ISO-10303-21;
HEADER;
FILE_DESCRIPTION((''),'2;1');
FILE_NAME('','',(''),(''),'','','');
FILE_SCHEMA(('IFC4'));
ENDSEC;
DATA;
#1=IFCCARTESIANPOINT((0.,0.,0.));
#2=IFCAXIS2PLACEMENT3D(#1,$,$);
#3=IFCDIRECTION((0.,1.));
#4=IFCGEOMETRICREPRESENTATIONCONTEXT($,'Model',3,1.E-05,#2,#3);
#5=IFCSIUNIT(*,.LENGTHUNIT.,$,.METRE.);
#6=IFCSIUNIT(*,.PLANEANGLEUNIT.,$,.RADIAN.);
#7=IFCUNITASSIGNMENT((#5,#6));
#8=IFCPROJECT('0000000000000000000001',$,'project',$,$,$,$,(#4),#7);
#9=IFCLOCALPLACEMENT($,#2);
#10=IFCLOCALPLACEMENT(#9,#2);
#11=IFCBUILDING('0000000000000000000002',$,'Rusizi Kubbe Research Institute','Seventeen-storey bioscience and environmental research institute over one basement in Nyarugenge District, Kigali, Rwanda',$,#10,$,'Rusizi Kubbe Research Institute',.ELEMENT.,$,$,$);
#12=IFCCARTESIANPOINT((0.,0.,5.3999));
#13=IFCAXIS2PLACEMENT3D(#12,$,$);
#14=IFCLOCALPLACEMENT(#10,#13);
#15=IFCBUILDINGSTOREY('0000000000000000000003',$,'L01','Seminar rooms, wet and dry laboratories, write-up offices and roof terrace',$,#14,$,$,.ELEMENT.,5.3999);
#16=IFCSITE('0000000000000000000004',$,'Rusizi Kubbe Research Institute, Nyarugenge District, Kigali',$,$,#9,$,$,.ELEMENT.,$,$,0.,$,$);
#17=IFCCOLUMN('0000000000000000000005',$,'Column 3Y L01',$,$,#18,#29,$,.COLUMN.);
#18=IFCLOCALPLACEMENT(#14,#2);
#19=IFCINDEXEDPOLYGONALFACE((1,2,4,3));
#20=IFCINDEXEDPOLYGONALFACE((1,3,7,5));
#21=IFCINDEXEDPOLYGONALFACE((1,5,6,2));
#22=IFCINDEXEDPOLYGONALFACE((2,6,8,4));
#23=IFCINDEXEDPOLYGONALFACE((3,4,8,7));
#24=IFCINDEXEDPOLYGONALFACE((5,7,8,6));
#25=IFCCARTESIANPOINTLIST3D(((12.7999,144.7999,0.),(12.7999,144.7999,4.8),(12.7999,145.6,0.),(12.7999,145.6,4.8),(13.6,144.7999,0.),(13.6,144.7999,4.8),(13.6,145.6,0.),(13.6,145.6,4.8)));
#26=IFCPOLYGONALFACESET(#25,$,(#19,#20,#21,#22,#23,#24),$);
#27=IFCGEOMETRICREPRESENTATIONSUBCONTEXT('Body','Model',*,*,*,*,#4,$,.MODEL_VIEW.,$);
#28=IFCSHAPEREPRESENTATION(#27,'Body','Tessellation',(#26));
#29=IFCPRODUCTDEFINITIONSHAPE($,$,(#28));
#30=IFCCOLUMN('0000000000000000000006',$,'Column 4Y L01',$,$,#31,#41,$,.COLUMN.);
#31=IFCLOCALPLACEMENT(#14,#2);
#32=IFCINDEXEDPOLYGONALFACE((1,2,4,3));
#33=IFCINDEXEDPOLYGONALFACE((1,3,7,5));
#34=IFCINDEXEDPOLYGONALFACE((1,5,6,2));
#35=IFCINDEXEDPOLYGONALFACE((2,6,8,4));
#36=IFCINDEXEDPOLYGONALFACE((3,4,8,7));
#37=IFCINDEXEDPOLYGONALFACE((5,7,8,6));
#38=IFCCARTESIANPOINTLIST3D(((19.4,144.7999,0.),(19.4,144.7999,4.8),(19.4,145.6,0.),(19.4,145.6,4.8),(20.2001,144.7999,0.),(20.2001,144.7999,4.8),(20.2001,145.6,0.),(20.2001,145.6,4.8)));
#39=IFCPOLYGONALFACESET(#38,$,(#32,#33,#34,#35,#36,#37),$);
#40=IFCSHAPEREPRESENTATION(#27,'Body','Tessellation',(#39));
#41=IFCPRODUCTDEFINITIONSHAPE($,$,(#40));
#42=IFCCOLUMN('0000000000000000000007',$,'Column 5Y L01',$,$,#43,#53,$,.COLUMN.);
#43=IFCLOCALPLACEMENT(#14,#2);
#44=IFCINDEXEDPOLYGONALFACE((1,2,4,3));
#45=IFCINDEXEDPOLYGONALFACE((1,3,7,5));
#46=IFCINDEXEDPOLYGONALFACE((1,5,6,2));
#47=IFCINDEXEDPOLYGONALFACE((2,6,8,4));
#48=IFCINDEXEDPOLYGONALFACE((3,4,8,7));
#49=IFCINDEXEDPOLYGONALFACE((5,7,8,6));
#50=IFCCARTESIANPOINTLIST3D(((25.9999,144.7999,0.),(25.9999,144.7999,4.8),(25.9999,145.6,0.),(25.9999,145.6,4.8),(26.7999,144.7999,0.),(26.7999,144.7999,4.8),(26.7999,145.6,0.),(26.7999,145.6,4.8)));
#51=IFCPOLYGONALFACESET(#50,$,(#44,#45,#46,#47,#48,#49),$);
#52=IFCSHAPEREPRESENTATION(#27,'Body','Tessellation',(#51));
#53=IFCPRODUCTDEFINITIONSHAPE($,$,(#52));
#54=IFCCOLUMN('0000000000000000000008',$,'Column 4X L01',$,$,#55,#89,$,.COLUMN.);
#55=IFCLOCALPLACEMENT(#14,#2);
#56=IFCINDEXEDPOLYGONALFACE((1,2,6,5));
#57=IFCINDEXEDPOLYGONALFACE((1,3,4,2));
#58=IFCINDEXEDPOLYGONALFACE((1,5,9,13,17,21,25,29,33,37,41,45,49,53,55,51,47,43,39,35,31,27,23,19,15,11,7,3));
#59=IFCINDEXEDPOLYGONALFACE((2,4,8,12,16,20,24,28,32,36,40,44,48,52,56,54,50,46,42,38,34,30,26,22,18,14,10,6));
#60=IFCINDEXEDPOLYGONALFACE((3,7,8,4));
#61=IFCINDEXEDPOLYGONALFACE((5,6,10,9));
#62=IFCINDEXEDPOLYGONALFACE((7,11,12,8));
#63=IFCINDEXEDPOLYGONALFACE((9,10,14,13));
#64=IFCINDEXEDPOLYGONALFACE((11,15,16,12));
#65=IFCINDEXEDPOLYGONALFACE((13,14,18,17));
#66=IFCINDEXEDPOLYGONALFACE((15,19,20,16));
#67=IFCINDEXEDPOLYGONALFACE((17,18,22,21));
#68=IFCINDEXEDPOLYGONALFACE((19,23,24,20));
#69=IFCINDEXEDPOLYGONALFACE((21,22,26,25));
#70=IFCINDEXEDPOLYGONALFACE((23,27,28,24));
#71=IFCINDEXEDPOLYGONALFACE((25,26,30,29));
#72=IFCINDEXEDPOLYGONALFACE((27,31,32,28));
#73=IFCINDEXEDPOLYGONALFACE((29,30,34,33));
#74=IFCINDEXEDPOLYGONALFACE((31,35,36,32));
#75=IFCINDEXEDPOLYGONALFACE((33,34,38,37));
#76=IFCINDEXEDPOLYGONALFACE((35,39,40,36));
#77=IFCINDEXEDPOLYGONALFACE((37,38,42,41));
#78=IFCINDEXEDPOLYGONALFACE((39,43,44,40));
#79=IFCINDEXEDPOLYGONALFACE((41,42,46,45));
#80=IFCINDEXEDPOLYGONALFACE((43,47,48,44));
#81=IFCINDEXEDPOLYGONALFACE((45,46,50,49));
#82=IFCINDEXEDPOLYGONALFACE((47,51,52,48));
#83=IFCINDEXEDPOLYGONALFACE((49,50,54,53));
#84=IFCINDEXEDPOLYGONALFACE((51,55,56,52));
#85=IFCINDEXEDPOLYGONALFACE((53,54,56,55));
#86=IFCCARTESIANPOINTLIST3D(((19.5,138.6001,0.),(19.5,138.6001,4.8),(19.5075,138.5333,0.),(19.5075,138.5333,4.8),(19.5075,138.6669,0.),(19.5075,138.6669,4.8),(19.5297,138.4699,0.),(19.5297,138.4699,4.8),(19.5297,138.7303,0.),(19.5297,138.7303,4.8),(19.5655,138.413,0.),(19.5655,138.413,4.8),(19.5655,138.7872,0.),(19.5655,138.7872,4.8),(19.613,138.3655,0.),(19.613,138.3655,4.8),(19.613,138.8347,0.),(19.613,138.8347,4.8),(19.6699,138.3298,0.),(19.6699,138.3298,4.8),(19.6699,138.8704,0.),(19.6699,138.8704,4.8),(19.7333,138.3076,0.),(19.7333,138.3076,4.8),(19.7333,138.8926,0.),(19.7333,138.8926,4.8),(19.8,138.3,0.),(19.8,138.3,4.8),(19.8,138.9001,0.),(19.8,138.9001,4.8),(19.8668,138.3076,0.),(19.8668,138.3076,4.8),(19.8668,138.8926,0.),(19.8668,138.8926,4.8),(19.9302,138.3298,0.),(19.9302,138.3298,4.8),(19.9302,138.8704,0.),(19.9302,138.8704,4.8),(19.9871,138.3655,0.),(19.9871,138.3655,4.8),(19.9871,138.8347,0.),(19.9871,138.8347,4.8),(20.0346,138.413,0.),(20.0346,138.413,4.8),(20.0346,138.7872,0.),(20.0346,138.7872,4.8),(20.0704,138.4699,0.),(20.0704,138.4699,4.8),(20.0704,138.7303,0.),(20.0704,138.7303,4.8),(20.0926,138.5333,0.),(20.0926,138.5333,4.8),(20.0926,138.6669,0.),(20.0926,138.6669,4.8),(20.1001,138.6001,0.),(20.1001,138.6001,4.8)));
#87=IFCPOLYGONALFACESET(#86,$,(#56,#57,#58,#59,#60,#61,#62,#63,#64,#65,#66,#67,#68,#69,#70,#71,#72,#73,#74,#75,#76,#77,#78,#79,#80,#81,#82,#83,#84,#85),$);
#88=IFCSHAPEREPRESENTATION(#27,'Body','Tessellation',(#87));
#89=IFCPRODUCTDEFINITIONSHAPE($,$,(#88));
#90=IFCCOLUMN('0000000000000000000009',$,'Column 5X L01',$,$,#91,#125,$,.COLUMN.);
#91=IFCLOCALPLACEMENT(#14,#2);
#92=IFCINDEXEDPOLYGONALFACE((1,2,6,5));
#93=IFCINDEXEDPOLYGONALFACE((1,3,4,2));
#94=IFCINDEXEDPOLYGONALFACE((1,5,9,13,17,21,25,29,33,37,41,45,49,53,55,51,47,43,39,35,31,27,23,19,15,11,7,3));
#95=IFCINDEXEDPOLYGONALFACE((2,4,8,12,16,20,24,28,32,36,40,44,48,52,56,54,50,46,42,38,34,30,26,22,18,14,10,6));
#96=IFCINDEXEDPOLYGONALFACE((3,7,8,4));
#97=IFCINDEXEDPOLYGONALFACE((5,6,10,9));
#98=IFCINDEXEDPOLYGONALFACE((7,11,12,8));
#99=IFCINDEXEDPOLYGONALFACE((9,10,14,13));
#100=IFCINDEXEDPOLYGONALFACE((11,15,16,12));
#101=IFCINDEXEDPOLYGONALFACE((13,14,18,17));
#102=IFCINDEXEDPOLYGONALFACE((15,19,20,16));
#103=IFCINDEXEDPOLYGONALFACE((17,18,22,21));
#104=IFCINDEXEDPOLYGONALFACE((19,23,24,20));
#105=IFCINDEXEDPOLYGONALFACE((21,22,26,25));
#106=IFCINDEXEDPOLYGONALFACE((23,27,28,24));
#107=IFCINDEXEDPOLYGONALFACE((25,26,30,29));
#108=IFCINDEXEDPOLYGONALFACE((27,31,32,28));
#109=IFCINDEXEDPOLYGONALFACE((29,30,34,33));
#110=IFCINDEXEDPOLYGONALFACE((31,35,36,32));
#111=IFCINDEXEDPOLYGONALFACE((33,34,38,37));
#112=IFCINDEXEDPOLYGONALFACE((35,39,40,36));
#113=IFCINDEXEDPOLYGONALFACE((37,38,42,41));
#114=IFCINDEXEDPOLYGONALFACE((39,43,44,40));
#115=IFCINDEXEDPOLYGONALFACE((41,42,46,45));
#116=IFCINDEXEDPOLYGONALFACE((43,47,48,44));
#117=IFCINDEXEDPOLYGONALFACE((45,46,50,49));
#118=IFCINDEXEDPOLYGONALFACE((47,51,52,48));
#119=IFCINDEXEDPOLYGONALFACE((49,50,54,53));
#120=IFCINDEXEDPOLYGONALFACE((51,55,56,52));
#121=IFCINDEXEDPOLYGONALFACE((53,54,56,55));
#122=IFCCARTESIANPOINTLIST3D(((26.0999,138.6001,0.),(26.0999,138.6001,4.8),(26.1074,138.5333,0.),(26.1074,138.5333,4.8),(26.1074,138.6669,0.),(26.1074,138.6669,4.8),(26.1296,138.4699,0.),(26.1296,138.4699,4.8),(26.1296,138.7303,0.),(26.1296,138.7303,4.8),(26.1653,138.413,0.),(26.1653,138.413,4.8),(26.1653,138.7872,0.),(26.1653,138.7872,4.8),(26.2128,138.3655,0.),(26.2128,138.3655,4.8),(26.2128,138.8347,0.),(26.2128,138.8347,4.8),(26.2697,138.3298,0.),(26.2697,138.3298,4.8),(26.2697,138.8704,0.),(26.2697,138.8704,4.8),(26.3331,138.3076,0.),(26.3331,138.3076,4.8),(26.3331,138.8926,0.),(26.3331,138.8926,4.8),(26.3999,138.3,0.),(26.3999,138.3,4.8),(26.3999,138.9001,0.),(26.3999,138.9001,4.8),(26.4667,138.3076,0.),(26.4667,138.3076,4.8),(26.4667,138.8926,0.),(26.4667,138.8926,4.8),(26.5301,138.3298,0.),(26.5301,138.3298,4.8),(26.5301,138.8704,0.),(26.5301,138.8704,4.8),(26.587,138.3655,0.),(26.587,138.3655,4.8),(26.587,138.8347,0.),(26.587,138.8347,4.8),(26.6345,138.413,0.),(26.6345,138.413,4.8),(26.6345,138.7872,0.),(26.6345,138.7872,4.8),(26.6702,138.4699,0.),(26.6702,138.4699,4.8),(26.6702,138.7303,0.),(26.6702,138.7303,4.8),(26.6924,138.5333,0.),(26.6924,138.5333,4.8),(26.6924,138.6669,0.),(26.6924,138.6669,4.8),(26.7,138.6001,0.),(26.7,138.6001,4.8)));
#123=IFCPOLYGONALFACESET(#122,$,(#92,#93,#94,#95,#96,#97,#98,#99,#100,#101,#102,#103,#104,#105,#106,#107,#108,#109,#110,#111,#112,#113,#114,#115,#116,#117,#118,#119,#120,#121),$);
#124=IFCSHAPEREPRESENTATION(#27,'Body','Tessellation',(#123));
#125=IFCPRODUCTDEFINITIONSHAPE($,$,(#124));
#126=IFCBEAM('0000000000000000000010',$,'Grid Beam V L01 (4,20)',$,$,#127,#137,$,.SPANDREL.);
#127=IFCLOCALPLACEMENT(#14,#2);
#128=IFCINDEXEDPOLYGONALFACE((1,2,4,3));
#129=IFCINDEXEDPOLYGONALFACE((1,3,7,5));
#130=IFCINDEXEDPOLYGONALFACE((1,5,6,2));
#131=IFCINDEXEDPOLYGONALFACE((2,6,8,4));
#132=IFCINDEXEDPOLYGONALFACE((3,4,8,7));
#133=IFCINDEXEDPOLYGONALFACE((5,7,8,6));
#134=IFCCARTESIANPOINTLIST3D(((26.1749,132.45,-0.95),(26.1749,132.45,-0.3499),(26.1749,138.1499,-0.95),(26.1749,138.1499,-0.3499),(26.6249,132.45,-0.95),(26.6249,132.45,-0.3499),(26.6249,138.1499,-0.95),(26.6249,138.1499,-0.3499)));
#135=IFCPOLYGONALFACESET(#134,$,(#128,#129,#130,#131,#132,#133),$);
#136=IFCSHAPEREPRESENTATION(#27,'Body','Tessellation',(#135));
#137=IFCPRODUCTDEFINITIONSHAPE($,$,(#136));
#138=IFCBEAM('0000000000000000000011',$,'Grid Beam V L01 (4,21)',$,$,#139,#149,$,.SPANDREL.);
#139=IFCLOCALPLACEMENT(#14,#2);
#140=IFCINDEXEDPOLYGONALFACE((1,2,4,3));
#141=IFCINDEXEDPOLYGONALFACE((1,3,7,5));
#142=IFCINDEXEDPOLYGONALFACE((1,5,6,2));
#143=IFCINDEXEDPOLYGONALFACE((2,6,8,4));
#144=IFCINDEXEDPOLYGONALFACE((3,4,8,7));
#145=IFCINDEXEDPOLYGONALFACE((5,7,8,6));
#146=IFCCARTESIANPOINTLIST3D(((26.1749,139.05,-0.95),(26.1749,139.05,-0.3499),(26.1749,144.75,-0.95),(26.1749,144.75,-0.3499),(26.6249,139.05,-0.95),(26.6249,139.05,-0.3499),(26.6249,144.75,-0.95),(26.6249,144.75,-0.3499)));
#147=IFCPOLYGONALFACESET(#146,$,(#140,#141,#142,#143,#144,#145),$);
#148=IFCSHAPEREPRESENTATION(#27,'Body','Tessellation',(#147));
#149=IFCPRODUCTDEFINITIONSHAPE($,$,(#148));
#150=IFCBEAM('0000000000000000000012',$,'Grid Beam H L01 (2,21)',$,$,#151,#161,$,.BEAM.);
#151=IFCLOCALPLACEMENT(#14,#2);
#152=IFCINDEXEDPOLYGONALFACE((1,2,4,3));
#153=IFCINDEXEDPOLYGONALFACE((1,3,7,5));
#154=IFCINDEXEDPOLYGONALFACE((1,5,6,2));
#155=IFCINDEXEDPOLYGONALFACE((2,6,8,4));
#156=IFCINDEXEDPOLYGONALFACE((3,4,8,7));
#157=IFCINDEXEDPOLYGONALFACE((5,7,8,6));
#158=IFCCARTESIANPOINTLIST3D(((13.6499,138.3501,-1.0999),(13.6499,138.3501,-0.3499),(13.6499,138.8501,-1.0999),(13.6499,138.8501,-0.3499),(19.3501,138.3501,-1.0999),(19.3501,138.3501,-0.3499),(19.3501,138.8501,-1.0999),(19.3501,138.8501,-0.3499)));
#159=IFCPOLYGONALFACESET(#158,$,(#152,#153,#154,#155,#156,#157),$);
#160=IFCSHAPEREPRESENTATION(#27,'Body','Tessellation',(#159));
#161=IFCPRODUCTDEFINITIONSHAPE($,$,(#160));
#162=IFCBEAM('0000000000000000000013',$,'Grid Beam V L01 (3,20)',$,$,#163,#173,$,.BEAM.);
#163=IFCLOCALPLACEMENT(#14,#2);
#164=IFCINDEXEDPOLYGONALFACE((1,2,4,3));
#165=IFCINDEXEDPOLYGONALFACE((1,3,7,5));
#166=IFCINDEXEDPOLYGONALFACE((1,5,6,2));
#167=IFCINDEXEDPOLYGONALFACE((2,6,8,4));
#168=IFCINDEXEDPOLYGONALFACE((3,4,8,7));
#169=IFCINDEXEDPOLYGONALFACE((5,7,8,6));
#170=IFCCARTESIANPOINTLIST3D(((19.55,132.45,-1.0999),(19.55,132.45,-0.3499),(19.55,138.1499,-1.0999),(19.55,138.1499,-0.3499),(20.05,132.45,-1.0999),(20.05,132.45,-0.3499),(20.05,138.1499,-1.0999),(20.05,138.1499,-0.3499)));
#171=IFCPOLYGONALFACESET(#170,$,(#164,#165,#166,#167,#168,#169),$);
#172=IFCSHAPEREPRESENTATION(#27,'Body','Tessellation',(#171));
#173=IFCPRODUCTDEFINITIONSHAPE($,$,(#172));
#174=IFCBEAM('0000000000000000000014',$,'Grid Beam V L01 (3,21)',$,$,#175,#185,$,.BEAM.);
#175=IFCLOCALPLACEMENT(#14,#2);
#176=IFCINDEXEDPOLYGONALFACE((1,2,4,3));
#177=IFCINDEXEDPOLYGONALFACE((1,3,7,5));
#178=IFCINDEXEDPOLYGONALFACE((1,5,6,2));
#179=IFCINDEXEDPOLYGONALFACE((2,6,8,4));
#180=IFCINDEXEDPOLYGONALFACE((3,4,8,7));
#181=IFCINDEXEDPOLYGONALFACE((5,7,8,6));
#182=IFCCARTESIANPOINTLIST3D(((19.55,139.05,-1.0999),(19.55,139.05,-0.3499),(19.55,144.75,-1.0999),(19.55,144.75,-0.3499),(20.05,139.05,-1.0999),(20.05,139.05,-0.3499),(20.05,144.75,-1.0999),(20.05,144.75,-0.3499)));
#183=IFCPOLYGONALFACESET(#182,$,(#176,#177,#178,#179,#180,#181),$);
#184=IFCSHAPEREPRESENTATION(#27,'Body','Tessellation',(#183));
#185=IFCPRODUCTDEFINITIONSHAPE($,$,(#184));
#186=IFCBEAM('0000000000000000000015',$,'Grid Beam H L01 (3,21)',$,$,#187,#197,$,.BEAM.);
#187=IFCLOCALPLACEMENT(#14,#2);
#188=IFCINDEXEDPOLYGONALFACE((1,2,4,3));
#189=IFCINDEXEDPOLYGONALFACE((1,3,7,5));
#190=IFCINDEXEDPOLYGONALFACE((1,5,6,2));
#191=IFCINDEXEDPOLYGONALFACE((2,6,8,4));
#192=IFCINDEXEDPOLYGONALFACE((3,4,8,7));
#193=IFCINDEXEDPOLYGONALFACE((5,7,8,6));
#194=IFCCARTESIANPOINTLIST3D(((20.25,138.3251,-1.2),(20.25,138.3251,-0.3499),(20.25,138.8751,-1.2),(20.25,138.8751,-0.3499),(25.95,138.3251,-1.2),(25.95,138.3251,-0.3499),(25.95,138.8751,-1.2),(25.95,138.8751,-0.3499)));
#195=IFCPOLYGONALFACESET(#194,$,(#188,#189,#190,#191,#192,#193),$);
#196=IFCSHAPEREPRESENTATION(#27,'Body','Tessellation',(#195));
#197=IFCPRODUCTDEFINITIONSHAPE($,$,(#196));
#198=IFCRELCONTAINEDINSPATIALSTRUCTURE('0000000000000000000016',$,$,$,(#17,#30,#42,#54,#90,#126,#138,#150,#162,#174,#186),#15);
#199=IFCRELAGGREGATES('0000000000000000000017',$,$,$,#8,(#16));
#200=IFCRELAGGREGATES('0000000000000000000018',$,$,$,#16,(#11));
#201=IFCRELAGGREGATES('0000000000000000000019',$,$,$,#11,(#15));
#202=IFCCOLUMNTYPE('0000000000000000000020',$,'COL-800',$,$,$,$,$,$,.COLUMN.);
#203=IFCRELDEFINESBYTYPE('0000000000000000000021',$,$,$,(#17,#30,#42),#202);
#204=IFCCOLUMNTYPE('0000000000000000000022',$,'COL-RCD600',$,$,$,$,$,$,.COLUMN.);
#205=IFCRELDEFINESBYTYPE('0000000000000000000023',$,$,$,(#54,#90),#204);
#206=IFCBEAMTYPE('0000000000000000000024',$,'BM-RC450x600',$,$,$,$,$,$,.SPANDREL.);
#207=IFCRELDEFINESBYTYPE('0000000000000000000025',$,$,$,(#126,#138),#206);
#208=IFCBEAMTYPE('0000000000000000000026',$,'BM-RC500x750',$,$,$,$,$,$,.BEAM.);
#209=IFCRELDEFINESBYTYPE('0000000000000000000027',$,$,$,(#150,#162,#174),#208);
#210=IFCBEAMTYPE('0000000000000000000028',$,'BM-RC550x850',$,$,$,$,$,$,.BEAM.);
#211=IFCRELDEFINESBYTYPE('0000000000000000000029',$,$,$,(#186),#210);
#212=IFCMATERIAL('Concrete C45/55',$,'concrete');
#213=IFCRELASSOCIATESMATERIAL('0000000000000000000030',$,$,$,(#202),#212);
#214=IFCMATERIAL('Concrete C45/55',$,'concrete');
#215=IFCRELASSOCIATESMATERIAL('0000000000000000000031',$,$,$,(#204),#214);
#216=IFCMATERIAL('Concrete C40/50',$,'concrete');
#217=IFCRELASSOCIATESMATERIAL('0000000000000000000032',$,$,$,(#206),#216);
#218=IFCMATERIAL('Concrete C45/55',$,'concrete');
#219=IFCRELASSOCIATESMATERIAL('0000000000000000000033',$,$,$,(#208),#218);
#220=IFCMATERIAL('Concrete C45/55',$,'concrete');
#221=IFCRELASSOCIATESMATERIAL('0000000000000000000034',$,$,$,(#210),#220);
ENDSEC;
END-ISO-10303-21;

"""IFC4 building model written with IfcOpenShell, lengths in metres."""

from ifc_helpers import new_model, si_unit, direction, frame, origin, origin_2d, place, context, subcontext, project, spatial, rectangle, circle, extrude, material, material_profile, profile_set, type_object, element, save


model = new_model("IFC4")

# Units and contexts
model_context = context("Model", 3, precision=1e-05, world=origin(), true_north=direction((0.0, 1.0)))
body_context = subcontext(model_context, "Body", "Model", "MODEL_VIEW")
ifc_project = project(units=[si_unit("LENGTHUNIT", "METRE"), si_unit("PLANEANGLEUNIT", "RADIAN")], contexts=[model_context])

# Site, building, storey
site_placement = place(None, origin())
site = spatial("IfcSite", under=ifc_project, at=site_placement, Name="Rusizi Kubbe Research Institute, Nyarugenge District, Kigali", CompositionType="ELEMENT", RefElevation=0.0)
building_placement = place(site_placement, origin())
building = spatial("IfcBuilding", under=site, at=building_placement, Name="Rusizi Kubbe Research Institute", Description="Seventeen-storey bioscience and environmental research institute over one basement in Nyarugenge District, Kigali, Rwanda", LongName="Rusizi Kubbe Research Institute", CompositionType="ELEMENT")
storey_placement = place(building_placement, frame((0.0, 0.0, 5.3999)))
storey = spatial("IfcBuildingStorey", under=building, at=storey_placement, Name="L01", Description="Seminar rooms, wet and dry laboratories, write-up offices and roof terrace", CompositionType="ELEMENT", Elevation=5.3999)

# Columns
ifc_material_1 = material(Name="Concrete C45/55", Category="concrete")
ifc_material_profile_1 = material_profile(ifc_material_1, rectangle(XDim=0.8, YDim=0.8, at=origin_2d()), Name="RC800x800")
ifc_profile_set_1 = profile_set([ifc_material_profile_1], Name="Concrete C45/55")
column_type_1 = type_object("IfcColumnType", Name="COL-800", PredefinedType="COLUMN", material=ifc_profile_set_1)
for number, where, z_axis, x_axis, name in (
    (1, (13.2, 145.2, 0.0), (0.0, 0.0, 1.0), (1.0, 0.0, 0.0), "Column 3Y L01"),
    (2, (19.8, 145.2, 0.0), (0.0, 0.0, 1.0), (1.0, 0.0, 0.0), "Column 4Y L01"),
    (3, (26.3999, 145.2, 0.0), (0.0, 0.0, 1.0), (1.0, 0.0, 0.0), "Column 5Y L01"),
):
    element("IfcColumn", number, at=place(storey_placement, frame(where, z_axis=z_axis, x_axis=x_axis)), inside=storey, type_object=column_type_1, Name=name, PredefinedType="COLUMN", context=body_context, shape_type="SweptSolid", body=[
        extrude(rectangle(XDim=0.8, YDim=0.8, at=origin_2d()), origin(), (0.0, 0.0, 1.0), 4.8),
    ])
ifc_material_2 = material(Name="Concrete C45/55", Category="concrete")
ifc_material_profile_2 = material_profile(ifc_material_2, circle(Radius=0.3, at=origin_2d()), Name="RCD600")
ifc_profile_set_2 = profile_set([ifc_material_profile_2], Name="Concrete C45/55")
column_type_2 = type_object("IfcColumnType", Name="COL-RCD600", PredefinedType="COLUMN", material=ifc_profile_set_2)
for number, where, z_axis, x_axis, name in (
    (4, (19.8, 138.6001, 0.0), (0.0, 0.0, 1.0), (1.0, 0.0, 0.0), "Column 4X L01"),
    (5, (26.3999, 138.6001, 0.0), (0.0, 0.0, 1.0), (1.0, 0.0, 0.0), "Column 5X L01"),
):
    element("IfcColumn", number, at=place(storey_placement, frame(where, z_axis=z_axis, x_axis=x_axis)), inside=storey, type_object=column_type_2, Name=name, PredefinedType="COLUMN", context=body_context, shape_type="SweptSolid", body=[
        extrude(circle(Radius=0.3, at=origin_2d()), origin(), (0.0, 0.0, 1.0), 4.8),
    ])

# Beams
ifc_material_3 = material(Name="Concrete C40/50", Category="concrete")
ifc_material_profile_3 = material_profile(ifc_material_3, rectangle(XDim=0.45, YDim=0.6001, at=origin_2d()), Name="RC450x600")
ifc_profile_set_3 = profile_set([ifc_material_profile_3], Name="Concrete C40/50")
beam_type_1 = type_object("IfcBeamType", Name="BM-RC450x600", PredefinedType="SPANDREL", material=ifc_profile_set_3)
for number, where, z_axis, x_axis, name in (
    (6, (26.3999, 132.45, -0.6499), (0.0, 1.0, 0.0), (-1.0, 0.0, 0.0), "Grid Beam V L01 (4,20)"),
    (7, (26.3999, 139.05, -0.6499), (0.0, 1.0, 0.0), (-1.0, 0.0, 0.0), "Grid Beam V L01 (4,21)"),
):
    element("IfcBeam", number, at=place(storey_placement, frame(where, z_axis=z_axis, x_axis=x_axis)), inside=storey, type_object=beam_type_1, Name=name, PredefinedType="SPANDREL", context=body_context, shape_type="SweptSolid", body=[
        extrude(rectangle(XDim=0.45, YDim=0.6001, at=origin_2d()), origin(), (0.0, 0.0, 1.0), 5.7),
    ])
ifc_material_4 = material(Name="Concrete C45/55", Category="concrete")
ifc_material_profile_4 = material_profile(ifc_material_4, rectangle(XDim=0.5, YDim=0.75, at=origin_2d()), Name="RC500x750B")
ifc_profile_set_4 = profile_set([ifc_material_profile_4], Name="Concrete C45/55")
beam_type_2 = type_object("IfcBeamType", Name="BM-RC500x750", PredefinedType="BEAM", material=ifc_profile_set_4)
beam_1_placement = place(storey_placement, frame((13.6499, 138.6001, -0.7249), z_axis=(1.0, 0.0, 0.0), x_axis=(0.0, 1.0, 0.0)))
element("IfcBeam", 8, at=beam_1_placement, inside=storey, type_object=beam_type_2, Name="Grid Beam H L01 (2,21)", PredefinedType="BEAM", context=body_context, shape_type="SweptSolid", body=[
    extrude(rectangle(XDim=0.5, YDim=0.75, at=origin_2d()), origin(), (0.0, 0.0, 1.0), 5.7002),
])
for number, where, z_axis, x_axis, name in (
    (9, (19.8, 132.45, -0.7249), (0.0, 1.0, 0.0), (-1.0, 0.0, 0.0), "Grid Beam V L01 (3,20)"),
    (10, (19.8, 139.05, -0.7249), (0.0, 1.0, 0.0), (-1.0, 0.0, 0.0), "Grid Beam V L01 (3,21)"),
):
    element("IfcBeam", number, at=place(storey_placement, frame(where, z_axis=z_axis, x_axis=x_axis)), inside=storey, type_object=beam_type_2, Name=name, PredefinedType="BEAM", context=body_context, shape_type="SweptSolid", body=[
        extrude(rectangle(XDim=0.5, YDim=0.75, at=origin_2d()), origin(), (0.0, 0.0, 1.0), 5.7),
    ])
ifc_material_5 = material(Name="Concrete C45/55", Category="concrete")
ifc_material_profile_5 = material_profile(ifc_material_5, rectangle(XDim=0.55, YDim=0.8501, at=origin_2d()), Name="RC550x850")
ifc_profile_set_5 = profile_set([ifc_material_profile_5], Name="Concrete C45/55")
beam_type_3 = type_object("IfcBeamType", Name="BM-RC550x850", PredefinedType="BEAM", material=ifc_profile_set_5)
beam_2_placement = place(storey_placement, frame((20.25, 138.6001, -0.7749), z_axis=(1.0, 0.0, 0.0), x_axis=(0.0, 1.0, 0.0)))
element("IfcBeam", 11, at=beam_2_placement, inside=storey, type_object=beam_type_3, Name="Grid Beam H L01 (3,21)", PredefinedType="BEAM", context=body_context, shape_type="SweptSolid", body=[
    extrude(rectangle(XDim=0.55, YDim=0.8501, at=origin_2d()), origin(), (0.0, 0.0, 1.0), 5.7),
])

save(model, "model.ifc")
